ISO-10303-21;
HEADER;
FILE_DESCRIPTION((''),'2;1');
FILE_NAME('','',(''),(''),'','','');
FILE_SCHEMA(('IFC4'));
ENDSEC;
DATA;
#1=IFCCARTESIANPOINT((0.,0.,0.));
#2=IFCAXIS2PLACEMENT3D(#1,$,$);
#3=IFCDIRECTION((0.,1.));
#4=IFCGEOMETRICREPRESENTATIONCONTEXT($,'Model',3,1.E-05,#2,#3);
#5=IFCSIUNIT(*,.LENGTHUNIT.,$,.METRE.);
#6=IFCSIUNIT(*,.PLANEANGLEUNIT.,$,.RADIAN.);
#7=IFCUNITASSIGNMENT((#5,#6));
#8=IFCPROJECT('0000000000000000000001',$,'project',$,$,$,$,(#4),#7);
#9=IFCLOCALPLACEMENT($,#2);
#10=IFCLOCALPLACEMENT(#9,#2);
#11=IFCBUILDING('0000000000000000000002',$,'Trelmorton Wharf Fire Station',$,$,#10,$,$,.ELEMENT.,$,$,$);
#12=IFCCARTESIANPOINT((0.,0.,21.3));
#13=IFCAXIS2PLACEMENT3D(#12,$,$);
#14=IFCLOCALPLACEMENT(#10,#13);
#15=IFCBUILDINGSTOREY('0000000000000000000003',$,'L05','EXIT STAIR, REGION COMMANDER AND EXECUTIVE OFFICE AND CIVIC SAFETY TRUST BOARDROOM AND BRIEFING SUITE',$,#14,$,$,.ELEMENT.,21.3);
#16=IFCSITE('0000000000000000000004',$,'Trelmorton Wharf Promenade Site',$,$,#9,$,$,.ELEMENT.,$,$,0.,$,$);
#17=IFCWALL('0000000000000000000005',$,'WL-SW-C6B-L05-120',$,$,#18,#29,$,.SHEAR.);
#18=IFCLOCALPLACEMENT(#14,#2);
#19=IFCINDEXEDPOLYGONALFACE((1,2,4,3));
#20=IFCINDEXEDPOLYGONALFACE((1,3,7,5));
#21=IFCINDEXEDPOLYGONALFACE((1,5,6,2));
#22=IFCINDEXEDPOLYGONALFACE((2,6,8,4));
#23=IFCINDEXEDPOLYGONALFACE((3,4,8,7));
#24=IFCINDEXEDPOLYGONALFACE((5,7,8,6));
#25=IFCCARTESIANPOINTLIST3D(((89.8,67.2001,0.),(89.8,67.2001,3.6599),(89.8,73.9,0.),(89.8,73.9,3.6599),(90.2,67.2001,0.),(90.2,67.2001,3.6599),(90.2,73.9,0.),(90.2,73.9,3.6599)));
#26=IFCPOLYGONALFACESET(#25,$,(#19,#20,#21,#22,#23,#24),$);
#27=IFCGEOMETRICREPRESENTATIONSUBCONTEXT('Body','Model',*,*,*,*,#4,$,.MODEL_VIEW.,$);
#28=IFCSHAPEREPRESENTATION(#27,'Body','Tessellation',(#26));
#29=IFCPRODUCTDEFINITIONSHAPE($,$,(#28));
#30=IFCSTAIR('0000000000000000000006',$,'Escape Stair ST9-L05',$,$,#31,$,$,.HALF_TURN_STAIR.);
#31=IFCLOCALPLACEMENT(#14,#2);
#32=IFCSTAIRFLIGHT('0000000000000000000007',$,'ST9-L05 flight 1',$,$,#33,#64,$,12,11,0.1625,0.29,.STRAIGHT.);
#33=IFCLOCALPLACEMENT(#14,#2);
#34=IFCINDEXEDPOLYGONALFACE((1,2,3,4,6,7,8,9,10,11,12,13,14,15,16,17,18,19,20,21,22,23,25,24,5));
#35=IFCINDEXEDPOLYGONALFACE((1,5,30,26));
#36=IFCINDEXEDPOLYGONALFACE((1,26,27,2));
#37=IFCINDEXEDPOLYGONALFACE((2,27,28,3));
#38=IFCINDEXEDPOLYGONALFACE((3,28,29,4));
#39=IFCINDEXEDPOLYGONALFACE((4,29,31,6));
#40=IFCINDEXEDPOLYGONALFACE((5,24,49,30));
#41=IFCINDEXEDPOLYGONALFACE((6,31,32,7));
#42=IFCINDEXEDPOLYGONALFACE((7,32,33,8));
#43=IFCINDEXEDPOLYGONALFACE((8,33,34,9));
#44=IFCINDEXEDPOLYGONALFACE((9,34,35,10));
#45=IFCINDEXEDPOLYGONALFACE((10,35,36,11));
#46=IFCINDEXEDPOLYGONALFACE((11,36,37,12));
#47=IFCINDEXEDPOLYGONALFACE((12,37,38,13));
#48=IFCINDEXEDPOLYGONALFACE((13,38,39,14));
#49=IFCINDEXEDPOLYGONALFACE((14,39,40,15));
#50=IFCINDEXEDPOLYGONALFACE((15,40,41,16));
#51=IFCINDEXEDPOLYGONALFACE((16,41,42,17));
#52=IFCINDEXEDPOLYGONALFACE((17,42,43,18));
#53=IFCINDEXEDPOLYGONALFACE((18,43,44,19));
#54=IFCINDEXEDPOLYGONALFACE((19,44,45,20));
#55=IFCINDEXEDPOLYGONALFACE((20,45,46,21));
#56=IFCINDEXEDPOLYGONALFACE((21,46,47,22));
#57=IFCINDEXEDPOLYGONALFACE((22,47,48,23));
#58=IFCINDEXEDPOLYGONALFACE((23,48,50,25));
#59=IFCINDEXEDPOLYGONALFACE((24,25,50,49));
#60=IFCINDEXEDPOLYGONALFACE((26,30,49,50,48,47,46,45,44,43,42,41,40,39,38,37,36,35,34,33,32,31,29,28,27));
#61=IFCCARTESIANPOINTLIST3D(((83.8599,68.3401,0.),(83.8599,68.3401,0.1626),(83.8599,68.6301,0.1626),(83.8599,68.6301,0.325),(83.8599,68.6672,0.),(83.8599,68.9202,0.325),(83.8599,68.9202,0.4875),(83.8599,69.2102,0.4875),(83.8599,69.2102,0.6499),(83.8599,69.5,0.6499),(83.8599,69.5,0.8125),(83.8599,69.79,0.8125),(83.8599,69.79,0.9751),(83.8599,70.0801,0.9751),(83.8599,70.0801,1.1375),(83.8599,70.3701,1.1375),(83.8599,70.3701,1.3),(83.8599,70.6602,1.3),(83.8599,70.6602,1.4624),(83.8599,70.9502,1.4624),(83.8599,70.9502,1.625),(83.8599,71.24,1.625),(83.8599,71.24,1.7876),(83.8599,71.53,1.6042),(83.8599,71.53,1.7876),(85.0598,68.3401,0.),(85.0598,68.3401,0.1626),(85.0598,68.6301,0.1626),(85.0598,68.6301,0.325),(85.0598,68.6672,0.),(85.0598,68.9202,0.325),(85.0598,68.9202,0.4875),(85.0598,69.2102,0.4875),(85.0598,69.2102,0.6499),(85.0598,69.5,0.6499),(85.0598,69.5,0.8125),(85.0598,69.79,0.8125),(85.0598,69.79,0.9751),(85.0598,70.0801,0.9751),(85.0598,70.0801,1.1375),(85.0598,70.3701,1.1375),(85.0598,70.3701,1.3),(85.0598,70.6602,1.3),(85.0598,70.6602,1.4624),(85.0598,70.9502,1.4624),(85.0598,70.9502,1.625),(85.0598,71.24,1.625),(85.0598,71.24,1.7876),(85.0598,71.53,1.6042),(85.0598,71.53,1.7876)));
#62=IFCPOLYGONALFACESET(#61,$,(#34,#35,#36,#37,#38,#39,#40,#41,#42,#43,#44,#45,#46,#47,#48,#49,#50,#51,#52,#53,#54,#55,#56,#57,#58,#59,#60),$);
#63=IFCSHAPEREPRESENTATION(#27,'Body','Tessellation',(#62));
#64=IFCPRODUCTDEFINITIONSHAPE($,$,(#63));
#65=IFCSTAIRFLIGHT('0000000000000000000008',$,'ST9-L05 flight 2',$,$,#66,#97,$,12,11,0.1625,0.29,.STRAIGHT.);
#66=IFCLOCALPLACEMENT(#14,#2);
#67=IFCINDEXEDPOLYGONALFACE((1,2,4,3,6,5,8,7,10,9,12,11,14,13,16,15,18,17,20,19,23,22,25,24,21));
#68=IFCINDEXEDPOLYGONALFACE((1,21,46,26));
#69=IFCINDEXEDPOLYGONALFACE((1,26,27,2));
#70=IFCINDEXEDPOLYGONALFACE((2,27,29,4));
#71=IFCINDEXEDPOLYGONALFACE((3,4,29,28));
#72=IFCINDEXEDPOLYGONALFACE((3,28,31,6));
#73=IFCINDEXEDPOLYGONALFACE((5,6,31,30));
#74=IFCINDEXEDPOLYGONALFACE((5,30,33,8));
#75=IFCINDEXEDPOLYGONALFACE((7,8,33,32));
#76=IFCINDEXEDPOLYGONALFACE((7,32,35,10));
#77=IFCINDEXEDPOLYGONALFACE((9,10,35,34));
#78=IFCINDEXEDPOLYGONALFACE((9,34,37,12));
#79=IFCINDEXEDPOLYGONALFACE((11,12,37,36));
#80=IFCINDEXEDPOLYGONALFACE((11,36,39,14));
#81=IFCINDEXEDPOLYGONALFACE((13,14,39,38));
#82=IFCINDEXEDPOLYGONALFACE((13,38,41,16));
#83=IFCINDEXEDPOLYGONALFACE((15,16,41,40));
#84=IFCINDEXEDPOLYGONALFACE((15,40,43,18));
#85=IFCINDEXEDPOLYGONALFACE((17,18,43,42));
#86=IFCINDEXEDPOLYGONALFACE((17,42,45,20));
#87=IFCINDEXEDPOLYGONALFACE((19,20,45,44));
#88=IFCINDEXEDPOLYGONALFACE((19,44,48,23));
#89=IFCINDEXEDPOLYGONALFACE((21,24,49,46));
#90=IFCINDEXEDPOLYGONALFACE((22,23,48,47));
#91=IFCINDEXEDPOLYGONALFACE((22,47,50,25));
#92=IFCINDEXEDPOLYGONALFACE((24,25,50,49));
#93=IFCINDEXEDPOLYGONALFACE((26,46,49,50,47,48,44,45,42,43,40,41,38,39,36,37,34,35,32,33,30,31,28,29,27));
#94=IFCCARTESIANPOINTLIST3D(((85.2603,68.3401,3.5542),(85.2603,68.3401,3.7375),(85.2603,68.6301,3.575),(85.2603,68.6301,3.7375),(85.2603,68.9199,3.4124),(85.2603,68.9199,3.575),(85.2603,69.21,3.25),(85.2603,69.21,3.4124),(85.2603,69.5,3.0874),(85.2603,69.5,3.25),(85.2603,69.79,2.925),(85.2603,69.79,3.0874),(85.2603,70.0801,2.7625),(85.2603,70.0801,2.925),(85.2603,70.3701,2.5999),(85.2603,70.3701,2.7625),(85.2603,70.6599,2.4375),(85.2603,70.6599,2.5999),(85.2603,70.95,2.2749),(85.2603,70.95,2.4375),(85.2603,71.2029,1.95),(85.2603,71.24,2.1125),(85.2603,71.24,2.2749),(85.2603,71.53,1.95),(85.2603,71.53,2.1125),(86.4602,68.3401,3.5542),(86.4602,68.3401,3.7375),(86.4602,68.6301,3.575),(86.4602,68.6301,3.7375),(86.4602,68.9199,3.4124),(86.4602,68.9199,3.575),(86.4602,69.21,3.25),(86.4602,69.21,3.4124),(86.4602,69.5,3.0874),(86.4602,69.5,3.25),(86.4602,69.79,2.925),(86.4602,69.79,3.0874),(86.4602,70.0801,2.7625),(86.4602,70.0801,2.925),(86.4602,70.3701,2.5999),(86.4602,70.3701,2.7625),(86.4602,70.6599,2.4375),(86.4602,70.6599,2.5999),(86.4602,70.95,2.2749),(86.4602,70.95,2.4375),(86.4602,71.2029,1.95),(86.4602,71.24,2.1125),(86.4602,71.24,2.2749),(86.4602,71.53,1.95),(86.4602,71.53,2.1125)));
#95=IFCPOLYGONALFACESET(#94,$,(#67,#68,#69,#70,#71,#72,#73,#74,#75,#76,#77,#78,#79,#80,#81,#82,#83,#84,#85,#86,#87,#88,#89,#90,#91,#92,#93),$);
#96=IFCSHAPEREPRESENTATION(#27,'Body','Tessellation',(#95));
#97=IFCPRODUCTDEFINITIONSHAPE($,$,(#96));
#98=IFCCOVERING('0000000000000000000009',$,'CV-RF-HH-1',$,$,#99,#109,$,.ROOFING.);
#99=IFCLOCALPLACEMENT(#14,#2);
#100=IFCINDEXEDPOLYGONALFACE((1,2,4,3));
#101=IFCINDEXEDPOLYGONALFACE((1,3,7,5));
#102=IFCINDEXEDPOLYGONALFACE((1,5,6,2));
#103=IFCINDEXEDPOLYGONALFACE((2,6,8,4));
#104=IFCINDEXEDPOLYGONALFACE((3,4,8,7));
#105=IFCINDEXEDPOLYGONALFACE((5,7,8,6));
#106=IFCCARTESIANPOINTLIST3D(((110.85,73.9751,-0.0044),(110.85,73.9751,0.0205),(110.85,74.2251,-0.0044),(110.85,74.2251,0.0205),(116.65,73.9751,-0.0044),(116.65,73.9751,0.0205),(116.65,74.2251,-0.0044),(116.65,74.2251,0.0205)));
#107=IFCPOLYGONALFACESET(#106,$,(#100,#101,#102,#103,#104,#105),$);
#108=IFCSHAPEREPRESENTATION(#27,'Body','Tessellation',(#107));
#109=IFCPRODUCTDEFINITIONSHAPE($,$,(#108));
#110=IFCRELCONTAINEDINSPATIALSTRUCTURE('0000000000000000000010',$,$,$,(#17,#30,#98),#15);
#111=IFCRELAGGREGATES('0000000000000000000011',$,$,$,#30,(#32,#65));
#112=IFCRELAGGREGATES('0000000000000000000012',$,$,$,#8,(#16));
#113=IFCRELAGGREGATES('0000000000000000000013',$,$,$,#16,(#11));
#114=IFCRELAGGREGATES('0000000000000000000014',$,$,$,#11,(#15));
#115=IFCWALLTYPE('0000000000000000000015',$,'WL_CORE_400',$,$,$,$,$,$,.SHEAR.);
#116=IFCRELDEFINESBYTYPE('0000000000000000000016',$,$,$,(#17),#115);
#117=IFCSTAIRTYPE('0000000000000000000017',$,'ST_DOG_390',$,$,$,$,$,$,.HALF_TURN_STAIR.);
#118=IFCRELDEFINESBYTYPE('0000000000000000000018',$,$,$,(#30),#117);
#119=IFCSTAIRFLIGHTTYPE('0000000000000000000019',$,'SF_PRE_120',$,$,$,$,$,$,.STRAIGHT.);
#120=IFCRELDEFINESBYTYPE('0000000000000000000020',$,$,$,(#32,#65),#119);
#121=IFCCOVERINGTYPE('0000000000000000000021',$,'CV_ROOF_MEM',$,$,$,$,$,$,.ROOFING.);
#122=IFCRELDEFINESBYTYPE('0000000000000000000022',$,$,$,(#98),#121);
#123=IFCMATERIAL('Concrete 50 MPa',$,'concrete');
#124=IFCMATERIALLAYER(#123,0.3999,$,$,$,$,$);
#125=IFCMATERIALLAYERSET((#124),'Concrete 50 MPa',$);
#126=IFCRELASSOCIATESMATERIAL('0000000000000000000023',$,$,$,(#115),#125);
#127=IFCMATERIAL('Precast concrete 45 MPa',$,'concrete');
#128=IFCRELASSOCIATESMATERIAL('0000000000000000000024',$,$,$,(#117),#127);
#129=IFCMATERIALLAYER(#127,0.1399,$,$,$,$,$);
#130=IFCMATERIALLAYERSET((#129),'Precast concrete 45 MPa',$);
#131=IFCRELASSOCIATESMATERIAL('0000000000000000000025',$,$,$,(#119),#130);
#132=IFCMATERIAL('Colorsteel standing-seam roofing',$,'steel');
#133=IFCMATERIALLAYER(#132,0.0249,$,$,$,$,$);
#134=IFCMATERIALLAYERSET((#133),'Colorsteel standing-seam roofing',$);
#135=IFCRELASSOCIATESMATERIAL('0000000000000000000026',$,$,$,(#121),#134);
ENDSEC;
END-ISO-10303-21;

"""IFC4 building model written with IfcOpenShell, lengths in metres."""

from ifc_helpers import new_model, si_unit, direction, frame, frame_2d, origin, origin_2d, place, context, subcontext, project, spatial, polyline, rectangle, outline, extrude, material, layer, layer_set, type_object, element, aggregate, save


model = new_model("IFC4")

# Units and contexts
model_context = context("Model", 3, precision=1e-05, world=origin(), true_north=direction((0.0, 1.0)))
body_context = subcontext(model_context, "Body", "Model", "MODEL_VIEW")
ifc_project = project(units=[si_unit("LENGTHUNIT", "METRE"), si_unit("PLANEANGLEUNIT", "RADIAN")], contexts=[model_context])

# Site, building, storey
site_placement = place(None, origin())
site = spatial("IfcSite", under=ifc_project, at=site_placement, Name="Trelmorton Wharf Promenade Site", CompositionType="ELEMENT", RefElevation=0.0)
building_placement = place(site_placement, origin())
building = spatial("IfcBuilding", under=site, at=building_placement, Name="Trelmorton Wharf Fire Station", CompositionType="ELEMENT")
storey_placement = place(building_placement, frame((0.0, 0.0, 21.3)))
storey = spatial("IfcBuildingStorey", under=building, at=storey_placement, Name="L05", Description="EXIT STAIR, REGION COMMANDER AND EXECUTIVE OFFICE AND CIVIC SAFETY TRUST BOARDROOM AND BRIEFING SUITE", CompositionType="ELEMENT", Elevation=21.3)

# Shared definitions
ifc_material_1 = material(Name="Precast concrete 45 MPa", Category="concrete")

# Wall
ifc_material_2 = material(Name="Concrete 50 MPa", Category="concrete")
ifc_layer_1 = layer(ifc_material_2, 0.3999)
ifc_layer_set_1 = layer_set([ifc_layer_1], Name="Concrete 50 MPa")
wall_type_1 = type_object("IfcWallType", Name="WL_CORE_400", PredefinedType="SHEAR", material=ifc_layer_set_1)
wall_1_placement = place(storey_placement, frame((90.0, 67.2, 0.0), z_axis=(0.0, 0.0, 1.0), x_axis=(0.0, 1.0, 0.0)))
element("IfcWall", 1, at=wall_1_placement, inside=storey, type_object=wall_type_1, Name="WL-SW-C6B-L05-120", PredefinedType="SHEAR", context=body_context, shape_type="SweptSolid", body=[
    extrude(rectangle(XDim=6.7, YDim=0.3999, at=frame_2d((3.3501, 0.0))), origin(), (0.0, 0.0, 1.0), 3.6599),
])

# Stair, stair flights
stair_type = type_object("IfcStairType", Name="ST_DOG_390", PredefinedType="HALF_TURN_STAIR", material=ifc_material_1)
stair_placement = place(storey_placement, origin())
stair = element("IfcStair", 2, at=stair_placement, inside=storey, type_object=stair_type, Name="Escape Stair ST9-L05", PredefinedType="HALF_TURN_STAIR")
ifc_layer_2 = layer(ifc_material_1, 0.1399)
ifc_layer_set_2 = layer_set([ifc_layer_2], Name="Precast concrete 45 MPa")
stair_flight_type = type_object("IfcStairFlightType", Name="SF_PRE_120", PredefinedType="STRAIGHT", material=ifc_layer_set_2)
stair_flight_1_placement = place(storey_placement, frame((84.46, 68.3401, 0.0), z_axis=(0.0, 0.0, 1.0), x_axis=(0.0, 1.0, 0.0)))
stair_flight_1 = element("IfcStairFlight", 3, at=stair_flight_1_placement, type_object=stair_flight_type, Name="ST9-L05 flight 1", NumberOfRisers=12, NumberOfTreads=11, PredefinedType="STRAIGHT", RiserHeight=0.1625, TreadLength=0.29, context=body_context, shape_type="SweptSolid", body=[
    extrude(outline(polyline([(0.0, 0.0), (0.0, 0.1626), (0.29, 0.1626), (0.29, 0.325), (0.5801, 0.325), (0.5801, 0.4875), (0.8701, 0.4875), (0.8701, 0.6499), (1.1599, 0.6499), (1.1599, 0.8125), (1.45, 0.8125), (1.45, 0.9751), (1.74, 0.9751), (1.74, 1.1375), (2.03, 1.1375), (2.03, 1.3), (2.3201, 1.3), (2.3201, 1.4624), (2.6101, 1.4624), (2.6101, 1.625), (2.8999, 1.625), (2.8999, 1.7876), (3.1899, 1.7876), (3.1899, 1.95), (3.1899, 1.6042), (0.3271, 0.0), (0.0, 0.0)])), frame((0.0, 0.6001, 0.0), z_axis=(0.0, -1.0, 0.0), x_axis=(1.0, 0.0, 0.0)), (0.0, 0.0, 1.0), 1.2),
])
stair_flight_2_placement = place(storey_placement, frame((85.8601, 71.53, 1.95), z_axis=(0.0, 0.0, 1.0), x_axis=(0.0, -1.0, 0.0)))
stair_flight_2 = element("IfcStairFlight", 4, at=stair_flight_2_placement, type_object=stair_flight_type, Name="ST9-L05 flight 2", NumberOfRisers=12, NumberOfTreads=11, PredefinedType="STRAIGHT", RiserHeight=0.1625, TreadLength=0.29, context=body_context, shape_type="SweptSolid", body=[
    extrude(outline(polyline([(0.0, 0.0), (0.0, 0.1626), (0.29, 0.1626), (0.29, 0.325), (0.5801, 0.325), (0.5801, 0.4875), (0.8701, 0.4875), (0.8701, 0.6499), (1.1599, 0.6499), (1.1599, 0.8125), (1.45, 0.8125), (1.45, 0.9751), (1.74, 0.9751), (1.74, 1.1375), (2.03, 1.1375), (2.03, 1.3), (2.3201, 1.3), (2.3201, 1.4624), (2.6101, 1.4624), (2.6101, 1.625), (2.8999, 1.625), (2.8999, 1.7876), (3.1899, 1.7876), (3.1899, 1.95), (3.1899, 1.6042), (0.3271, 0.0), (0.0, 0.0)])), frame((0.0, 0.6001, 0.0), z_axis=(0.0, -1.0, 0.0), x_axis=(1.0, 0.0, 0.0)), (0.0, 0.0, 1.0), 1.2),
])
aggregate(stair, [stair_flight_1, stair_flight_2])

# Covering
ifc_material_3 = material(Name="Colorsteel standing-seam roofing", Category="steel")
ifc_layer_3 = layer(ifc_material_3, 0.0249)
ifc_layer_set_3 = layer_set([ifc_layer_3], Name="Colorsteel standing-seam roofing")
covering_type = type_object("IfcCoveringType", Name="CV_ROOF_MEM", PredefinedType="ROOFING", material=ifc_layer_set_3)
covering_placement = place(storey_placement, frame((113.75, 74.1001, -0.0044), z_axis=(0.0, 0.0, 1.0), x_axis=(1.0, 0.0, 0.0)))
element("IfcCovering", 5, at=covering_placement, inside=storey, type_object=covering_type, Name="CV-RF-HH-1", PredefinedType="ROOFING", context=body_context, shape_type="SweptSolid", body=[
    extrude(rectangle(XDim=5.8, YDim=0.25, at=origin_2d()), origin(), (0.0, 0.0, 1.0), 0.0249),
])

save(model, "model.ifc")
